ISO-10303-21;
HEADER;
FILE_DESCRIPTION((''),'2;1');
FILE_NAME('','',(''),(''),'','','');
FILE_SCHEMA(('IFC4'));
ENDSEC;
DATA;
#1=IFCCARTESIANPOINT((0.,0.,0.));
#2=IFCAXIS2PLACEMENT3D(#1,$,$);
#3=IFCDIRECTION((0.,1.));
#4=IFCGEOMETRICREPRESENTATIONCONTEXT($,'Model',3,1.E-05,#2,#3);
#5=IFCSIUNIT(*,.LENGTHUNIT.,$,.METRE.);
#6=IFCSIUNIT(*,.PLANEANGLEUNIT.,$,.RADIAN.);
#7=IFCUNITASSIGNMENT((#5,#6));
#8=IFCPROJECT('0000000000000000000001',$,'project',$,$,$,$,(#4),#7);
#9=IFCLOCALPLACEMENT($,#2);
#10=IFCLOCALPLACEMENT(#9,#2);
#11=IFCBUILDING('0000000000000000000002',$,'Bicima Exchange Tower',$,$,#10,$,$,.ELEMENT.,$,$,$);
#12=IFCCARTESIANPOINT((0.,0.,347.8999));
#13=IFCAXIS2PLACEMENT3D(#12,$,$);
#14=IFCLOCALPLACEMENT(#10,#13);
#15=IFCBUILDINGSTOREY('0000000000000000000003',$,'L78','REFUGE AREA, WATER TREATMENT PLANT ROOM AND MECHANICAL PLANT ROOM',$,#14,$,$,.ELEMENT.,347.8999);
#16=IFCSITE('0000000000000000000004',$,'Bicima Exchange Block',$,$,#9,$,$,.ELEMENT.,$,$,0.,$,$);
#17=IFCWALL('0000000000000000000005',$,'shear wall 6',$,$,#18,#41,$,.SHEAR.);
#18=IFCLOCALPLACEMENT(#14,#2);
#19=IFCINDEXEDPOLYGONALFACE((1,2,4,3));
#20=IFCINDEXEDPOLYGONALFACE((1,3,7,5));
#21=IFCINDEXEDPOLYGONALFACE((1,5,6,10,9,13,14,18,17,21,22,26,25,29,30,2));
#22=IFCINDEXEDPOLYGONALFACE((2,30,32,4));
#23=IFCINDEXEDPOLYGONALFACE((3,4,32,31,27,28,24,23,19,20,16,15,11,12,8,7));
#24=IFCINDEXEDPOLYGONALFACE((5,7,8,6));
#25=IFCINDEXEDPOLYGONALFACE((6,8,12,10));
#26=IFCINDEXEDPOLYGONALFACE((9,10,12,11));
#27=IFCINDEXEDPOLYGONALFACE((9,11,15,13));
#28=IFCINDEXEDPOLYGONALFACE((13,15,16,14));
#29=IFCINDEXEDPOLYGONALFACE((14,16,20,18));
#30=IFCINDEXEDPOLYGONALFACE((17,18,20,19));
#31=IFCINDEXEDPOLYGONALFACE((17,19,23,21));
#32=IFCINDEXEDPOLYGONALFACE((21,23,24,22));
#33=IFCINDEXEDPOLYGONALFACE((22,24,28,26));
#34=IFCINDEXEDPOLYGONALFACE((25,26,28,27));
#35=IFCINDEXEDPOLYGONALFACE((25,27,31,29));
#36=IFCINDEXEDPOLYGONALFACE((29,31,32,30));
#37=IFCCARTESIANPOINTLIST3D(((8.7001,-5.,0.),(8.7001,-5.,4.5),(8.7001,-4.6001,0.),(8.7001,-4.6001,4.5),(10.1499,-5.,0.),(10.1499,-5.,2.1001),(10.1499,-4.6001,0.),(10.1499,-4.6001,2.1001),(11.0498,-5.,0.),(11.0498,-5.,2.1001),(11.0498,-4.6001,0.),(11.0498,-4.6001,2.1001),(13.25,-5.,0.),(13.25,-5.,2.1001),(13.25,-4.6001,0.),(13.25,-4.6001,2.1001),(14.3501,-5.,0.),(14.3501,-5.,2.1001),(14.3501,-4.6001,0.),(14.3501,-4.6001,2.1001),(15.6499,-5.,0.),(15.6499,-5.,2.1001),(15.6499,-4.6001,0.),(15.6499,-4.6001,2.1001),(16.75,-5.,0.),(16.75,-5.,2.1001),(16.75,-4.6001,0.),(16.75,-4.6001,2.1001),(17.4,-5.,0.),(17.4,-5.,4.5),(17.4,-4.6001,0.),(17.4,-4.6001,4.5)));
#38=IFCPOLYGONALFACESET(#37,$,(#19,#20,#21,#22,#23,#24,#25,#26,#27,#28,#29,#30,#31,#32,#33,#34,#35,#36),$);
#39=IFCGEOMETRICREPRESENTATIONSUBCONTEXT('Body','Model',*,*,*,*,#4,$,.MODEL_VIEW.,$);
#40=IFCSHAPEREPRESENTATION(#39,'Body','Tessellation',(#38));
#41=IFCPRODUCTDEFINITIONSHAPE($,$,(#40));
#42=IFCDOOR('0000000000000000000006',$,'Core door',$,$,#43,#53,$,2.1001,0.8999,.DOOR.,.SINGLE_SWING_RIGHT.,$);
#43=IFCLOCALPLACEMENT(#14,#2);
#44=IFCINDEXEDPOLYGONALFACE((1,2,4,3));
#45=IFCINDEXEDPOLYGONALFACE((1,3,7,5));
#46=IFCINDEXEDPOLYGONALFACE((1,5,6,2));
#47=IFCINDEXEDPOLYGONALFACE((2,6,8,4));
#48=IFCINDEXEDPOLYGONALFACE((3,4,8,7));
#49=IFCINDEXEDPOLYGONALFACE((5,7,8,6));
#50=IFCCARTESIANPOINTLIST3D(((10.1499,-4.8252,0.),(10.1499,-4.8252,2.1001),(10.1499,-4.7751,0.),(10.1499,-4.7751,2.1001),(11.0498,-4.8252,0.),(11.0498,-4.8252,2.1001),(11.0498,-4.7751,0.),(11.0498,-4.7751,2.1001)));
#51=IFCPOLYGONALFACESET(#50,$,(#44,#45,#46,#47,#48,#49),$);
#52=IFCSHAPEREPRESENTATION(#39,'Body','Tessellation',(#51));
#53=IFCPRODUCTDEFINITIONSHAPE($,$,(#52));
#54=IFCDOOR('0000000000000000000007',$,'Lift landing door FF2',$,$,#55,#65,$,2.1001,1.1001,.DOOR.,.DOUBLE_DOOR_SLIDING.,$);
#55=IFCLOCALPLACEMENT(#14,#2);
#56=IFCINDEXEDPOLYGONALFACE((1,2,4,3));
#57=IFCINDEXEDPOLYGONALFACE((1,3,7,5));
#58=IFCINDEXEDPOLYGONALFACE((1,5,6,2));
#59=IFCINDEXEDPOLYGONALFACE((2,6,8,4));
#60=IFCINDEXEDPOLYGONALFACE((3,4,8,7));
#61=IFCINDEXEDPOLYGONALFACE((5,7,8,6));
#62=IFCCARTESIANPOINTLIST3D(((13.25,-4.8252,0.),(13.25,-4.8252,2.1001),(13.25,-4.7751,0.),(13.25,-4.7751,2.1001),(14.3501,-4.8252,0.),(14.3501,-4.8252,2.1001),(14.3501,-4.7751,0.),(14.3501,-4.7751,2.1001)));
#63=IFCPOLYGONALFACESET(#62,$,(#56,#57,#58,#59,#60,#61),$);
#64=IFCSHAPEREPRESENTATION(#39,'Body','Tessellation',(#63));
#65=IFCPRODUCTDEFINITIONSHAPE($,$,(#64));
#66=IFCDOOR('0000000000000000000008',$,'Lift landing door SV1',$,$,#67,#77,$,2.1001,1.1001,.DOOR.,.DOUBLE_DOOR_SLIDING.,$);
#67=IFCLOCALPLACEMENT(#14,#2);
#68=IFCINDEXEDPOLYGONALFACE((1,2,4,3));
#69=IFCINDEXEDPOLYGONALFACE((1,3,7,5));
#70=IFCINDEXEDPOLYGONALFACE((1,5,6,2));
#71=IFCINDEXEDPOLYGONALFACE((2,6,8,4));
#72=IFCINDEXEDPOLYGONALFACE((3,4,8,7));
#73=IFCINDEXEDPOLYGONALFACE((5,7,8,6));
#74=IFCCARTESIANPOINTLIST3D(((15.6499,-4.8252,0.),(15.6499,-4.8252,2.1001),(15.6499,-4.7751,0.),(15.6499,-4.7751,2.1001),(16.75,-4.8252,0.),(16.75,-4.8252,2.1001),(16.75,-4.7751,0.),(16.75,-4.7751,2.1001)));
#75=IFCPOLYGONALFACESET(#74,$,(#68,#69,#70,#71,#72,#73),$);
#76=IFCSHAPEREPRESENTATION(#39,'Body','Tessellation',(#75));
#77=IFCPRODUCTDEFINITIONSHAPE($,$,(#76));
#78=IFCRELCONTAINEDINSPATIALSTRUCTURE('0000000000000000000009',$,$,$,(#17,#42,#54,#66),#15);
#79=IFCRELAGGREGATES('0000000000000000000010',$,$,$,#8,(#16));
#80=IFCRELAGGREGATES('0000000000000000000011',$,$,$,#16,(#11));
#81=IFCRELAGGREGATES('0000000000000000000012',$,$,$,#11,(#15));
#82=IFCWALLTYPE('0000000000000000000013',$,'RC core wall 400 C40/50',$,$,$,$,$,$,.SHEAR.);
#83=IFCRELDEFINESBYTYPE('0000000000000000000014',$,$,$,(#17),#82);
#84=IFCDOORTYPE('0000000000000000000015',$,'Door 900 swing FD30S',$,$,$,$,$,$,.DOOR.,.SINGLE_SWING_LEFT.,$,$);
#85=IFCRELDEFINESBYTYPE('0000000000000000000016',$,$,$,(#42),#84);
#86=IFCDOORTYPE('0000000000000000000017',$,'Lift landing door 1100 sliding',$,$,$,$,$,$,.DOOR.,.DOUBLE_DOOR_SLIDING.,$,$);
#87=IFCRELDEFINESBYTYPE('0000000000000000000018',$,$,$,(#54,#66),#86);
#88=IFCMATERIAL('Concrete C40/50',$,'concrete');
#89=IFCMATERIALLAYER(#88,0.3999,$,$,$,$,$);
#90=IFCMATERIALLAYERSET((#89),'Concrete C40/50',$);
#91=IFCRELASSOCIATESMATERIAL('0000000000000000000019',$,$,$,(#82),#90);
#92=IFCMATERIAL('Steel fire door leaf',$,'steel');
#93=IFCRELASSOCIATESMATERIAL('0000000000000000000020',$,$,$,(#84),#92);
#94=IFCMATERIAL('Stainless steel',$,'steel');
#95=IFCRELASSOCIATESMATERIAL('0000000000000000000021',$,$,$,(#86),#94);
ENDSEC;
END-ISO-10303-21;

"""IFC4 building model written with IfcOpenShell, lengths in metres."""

from ifc_helpers import new_model, si_unit, direction, frame, frame_2d, origin, place, context, subcontext, project, spatial, rectangle, extrude, material, layer, layer_set, type_object, element, fill, save


model = new_model("IFC4")

# Units and contexts
model_context = context("Model", 3, precision=1e-05, world=origin(), true_north=direction((0.0, 1.0)))
body_context = subcontext(model_context, "Body", "Model", "MODEL_VIEW")
ifc_project = project(units=[si_unit("LENGTHUNIT", "METRE"), si_unit("PLANEANGLEUNIT", "RADIAN")], contexts=[model_context])

# Site, building, storey
site_placement = place(None, origin())
site = spatial("IfcSite", under=ifc_project, at=site_placement, Name="Bicima Exchange Block", CompositionType="ELEMENT", RefElevation=0.0)
building_placement = place(site_placement, origin())
building = spatial("IfcBuilding", under=site, at=building_placement, Name="Bicima Exchange Tower", CompositionType="ELEMENT")
storey_placement = place(building_placement, frame((0.0, 0.0, 347.8999)))
storey = spatial("IfcBuildingStorey", under=building, at=storey_placement, Name="L78", Description="REFUGE AREA, WATER TREATMENT PLANT ROOM AND MECHANICAL PLANT ROOM", CompositionType="ELEMENT", Elevation=347.8999)

# Shared definitions
ifc_material_1 = material(Name="Concrete C40/50", Category="concrete")

# Wall, openings, doors
ifc_layer_1 = layer(ifc_material_1, 0.3999)
ifc_layer_set_1 = layer_set([ifc_layer_1], Name="Concrete C40/50")
wall_type_1 = type_object("IfcWallType", Name="RC core wall 400 C40/50", PredefinedType="SHEAR", material=ifc_layer_set_1)
wall_1_placement = place(storey_placement, frame((8.7, -4.8, 0.0), z_axis=(0.0, 0.0, 1.0), x_axis=(1.0, 0.0, 0.0)))
wall_1 = element("IfcWall", 1, at=wall_1_placement, inside=storey, type_object=wall_type_1, Name="shear wall 6", PredefinedType="SHEAR", context=body_context, shape_type="SweptSolid", body=[
    extrude(rectangle(XDim=8.7, YDim=0.3999, at=frame_2d((4.3501, 0.0))), origin(), (0.0, 0.0, 1.0), 4.5),
])
opening_1_placement = place(wall_1_placement, frame((4.55, 0.0, 0.0)))
opening_1 = element("IfcOpeningElement", 2, at=opening_1_placement, cuts=wall_1, PredefinedType="OPENING", context=body_context, shape_type="SweptSolid", body=[
    extrude(rectangle(XDim=1.1001, YDim=2.1001, at=frame_2d((0.55, 1.05))), frame((0.0, 0.2119, 0.0), z_axis=(0.0, -1.0, 0.0), x_axis=(1.0, 0.0, 0.0)), (0.0, 0.0, 1.0), 0.4238),
])
opening_2_placement = place(wall_1_placement, frame((6.95, 0.0, 0.0)))
opening_2 = element("IfcOpeningElement", 3, at=opening_2_placement, cuts=wall_1, PredefinedType="OPENING", context=body_context, shape_type="SweptSolid", body=[
    extrude(rectangle(XDim=1.1001, YDim=2.1001, at=frame_2d((0.55, 1.05))), frame((0.0, 0.2119, 0.0), z_axis=(0.0, -1.0, 0.0), x_axis=(1.0, 0.0, 0.0)), (0.0, 0.0, 1.0), 0.4238),
])
opening_3_placement = place(wall_1_placement, frame((1.45, 0.0, 0.0)))
opening_3 = element("IfcOpeningElement", 4, at=opening_3_placement, cuts=wall_1, PredefinedType="OPENING", context=body_context, shape_type="SweptSolid", body=[
    extrude(rectangle(XDim=0.8999, YDim=2.1001, at=frame_2d((0.45, 1.05))), frame((0.0, 0.2119, 0.0), z_axis=(0.0, -1.0, 0.0), x_axis=(1.0, 0.0, 0.0)), (0.0, 0.0, 1.0), 0.4238),
])
ifc_material_2 = material(Name="Steel fire door leaf", Category="steel")
door_type_1 = type_object("IfcDoorType", Name="Door 900 swing FD30S", OperationType="SINGLE_SWING_LEFT", PredefinedType="DOOR", material=ifc_material_2)
door_1_placement = place(opening_3_placement, origin())
door_1 = element("IfcDoor", 5, at=door_1_placement, inside=storey, type_object=door_type_1, Name="Core door", OperationType="SINGLE_SWING_RIGHT", OverallHeight=2.1001, OverallWidth=0.8999, PredefinedType="DOOR", context=body_context, shape_type="SweptSolid", body=[
    extrude(rectangle(XDim=0.8999, YDim=2.1001, at=frame_2d((0.45, 1.05))), frame((0.0, 0.0249, 0.0), z_axis=(0.0, -1.0, 0.0), x_axis=(1.0, 0.0, 0.0)), (0.0, 0.0, 1.0), 0.05),
])
fill(opening_3, door_1)
ifc_material_3 = material(Name="Stainless steel", Category="steel")
door_type_2 = type_object("IfcDoorType", Name="Lift landing door 1100 sliding", OperationType="DOUBLE_DOOR_SLIDING", PredefinedType="DOOR", material=ifc_material_3)
door_2_placement = place(opening_1_placement, origin())
door_2 = element("IfcDoor", 6, at=door_2_placement, inside=storey, type_object=door_type_2, Name="Lift landing door FF2", OperationType="DOUBLE_DOOR_SLIDING", OverallHeight=2.1001, OverallWidth=1.1001, PredefinedType="DOOR", context=body_context, shape_type="SweptSolid", body=[
    extrude(rectangle(XDim=1.1001, YDim=2.1001, at=frame_2d((0.55, 1.05))), frame((0.0, 0.0249, 0.0), z_axis=(0.0, -1.0, 0.0), x_axis=(1.0, 0.0, 0.0)), (0.0, 0.0, 1.0), 0.05),
])
fill(opening_1, door_2)
door_3_placement = place(opening_2_placement, origin())
door_3 = element("IfcDoor", 7, at=door_3_placement, inside=storey, type_object=door_type_2, Name="Lift landing door SV1", OperationType="DOUBLE_DOOR_SLIDING", OverallHeight=2.1001, OverallWidth=1.1001, PredefinedType="DOOR", context=body_context, shape_type="SweptSolid", body=[
    extrude(rectangle(XDim=1.1001, YDim=2.1001, at=frame_2d((0.55, 1.05))), frame((0.0, 0.0249, 0.0), z_axis=(0.0, -1.0, 0.0), x_axis=(1.0, 0.0, 0.0)), (0.0, 0.0, 1.0), 0.05),
])
fill(opening_2, door_3)

save(model, "model.ifc")
